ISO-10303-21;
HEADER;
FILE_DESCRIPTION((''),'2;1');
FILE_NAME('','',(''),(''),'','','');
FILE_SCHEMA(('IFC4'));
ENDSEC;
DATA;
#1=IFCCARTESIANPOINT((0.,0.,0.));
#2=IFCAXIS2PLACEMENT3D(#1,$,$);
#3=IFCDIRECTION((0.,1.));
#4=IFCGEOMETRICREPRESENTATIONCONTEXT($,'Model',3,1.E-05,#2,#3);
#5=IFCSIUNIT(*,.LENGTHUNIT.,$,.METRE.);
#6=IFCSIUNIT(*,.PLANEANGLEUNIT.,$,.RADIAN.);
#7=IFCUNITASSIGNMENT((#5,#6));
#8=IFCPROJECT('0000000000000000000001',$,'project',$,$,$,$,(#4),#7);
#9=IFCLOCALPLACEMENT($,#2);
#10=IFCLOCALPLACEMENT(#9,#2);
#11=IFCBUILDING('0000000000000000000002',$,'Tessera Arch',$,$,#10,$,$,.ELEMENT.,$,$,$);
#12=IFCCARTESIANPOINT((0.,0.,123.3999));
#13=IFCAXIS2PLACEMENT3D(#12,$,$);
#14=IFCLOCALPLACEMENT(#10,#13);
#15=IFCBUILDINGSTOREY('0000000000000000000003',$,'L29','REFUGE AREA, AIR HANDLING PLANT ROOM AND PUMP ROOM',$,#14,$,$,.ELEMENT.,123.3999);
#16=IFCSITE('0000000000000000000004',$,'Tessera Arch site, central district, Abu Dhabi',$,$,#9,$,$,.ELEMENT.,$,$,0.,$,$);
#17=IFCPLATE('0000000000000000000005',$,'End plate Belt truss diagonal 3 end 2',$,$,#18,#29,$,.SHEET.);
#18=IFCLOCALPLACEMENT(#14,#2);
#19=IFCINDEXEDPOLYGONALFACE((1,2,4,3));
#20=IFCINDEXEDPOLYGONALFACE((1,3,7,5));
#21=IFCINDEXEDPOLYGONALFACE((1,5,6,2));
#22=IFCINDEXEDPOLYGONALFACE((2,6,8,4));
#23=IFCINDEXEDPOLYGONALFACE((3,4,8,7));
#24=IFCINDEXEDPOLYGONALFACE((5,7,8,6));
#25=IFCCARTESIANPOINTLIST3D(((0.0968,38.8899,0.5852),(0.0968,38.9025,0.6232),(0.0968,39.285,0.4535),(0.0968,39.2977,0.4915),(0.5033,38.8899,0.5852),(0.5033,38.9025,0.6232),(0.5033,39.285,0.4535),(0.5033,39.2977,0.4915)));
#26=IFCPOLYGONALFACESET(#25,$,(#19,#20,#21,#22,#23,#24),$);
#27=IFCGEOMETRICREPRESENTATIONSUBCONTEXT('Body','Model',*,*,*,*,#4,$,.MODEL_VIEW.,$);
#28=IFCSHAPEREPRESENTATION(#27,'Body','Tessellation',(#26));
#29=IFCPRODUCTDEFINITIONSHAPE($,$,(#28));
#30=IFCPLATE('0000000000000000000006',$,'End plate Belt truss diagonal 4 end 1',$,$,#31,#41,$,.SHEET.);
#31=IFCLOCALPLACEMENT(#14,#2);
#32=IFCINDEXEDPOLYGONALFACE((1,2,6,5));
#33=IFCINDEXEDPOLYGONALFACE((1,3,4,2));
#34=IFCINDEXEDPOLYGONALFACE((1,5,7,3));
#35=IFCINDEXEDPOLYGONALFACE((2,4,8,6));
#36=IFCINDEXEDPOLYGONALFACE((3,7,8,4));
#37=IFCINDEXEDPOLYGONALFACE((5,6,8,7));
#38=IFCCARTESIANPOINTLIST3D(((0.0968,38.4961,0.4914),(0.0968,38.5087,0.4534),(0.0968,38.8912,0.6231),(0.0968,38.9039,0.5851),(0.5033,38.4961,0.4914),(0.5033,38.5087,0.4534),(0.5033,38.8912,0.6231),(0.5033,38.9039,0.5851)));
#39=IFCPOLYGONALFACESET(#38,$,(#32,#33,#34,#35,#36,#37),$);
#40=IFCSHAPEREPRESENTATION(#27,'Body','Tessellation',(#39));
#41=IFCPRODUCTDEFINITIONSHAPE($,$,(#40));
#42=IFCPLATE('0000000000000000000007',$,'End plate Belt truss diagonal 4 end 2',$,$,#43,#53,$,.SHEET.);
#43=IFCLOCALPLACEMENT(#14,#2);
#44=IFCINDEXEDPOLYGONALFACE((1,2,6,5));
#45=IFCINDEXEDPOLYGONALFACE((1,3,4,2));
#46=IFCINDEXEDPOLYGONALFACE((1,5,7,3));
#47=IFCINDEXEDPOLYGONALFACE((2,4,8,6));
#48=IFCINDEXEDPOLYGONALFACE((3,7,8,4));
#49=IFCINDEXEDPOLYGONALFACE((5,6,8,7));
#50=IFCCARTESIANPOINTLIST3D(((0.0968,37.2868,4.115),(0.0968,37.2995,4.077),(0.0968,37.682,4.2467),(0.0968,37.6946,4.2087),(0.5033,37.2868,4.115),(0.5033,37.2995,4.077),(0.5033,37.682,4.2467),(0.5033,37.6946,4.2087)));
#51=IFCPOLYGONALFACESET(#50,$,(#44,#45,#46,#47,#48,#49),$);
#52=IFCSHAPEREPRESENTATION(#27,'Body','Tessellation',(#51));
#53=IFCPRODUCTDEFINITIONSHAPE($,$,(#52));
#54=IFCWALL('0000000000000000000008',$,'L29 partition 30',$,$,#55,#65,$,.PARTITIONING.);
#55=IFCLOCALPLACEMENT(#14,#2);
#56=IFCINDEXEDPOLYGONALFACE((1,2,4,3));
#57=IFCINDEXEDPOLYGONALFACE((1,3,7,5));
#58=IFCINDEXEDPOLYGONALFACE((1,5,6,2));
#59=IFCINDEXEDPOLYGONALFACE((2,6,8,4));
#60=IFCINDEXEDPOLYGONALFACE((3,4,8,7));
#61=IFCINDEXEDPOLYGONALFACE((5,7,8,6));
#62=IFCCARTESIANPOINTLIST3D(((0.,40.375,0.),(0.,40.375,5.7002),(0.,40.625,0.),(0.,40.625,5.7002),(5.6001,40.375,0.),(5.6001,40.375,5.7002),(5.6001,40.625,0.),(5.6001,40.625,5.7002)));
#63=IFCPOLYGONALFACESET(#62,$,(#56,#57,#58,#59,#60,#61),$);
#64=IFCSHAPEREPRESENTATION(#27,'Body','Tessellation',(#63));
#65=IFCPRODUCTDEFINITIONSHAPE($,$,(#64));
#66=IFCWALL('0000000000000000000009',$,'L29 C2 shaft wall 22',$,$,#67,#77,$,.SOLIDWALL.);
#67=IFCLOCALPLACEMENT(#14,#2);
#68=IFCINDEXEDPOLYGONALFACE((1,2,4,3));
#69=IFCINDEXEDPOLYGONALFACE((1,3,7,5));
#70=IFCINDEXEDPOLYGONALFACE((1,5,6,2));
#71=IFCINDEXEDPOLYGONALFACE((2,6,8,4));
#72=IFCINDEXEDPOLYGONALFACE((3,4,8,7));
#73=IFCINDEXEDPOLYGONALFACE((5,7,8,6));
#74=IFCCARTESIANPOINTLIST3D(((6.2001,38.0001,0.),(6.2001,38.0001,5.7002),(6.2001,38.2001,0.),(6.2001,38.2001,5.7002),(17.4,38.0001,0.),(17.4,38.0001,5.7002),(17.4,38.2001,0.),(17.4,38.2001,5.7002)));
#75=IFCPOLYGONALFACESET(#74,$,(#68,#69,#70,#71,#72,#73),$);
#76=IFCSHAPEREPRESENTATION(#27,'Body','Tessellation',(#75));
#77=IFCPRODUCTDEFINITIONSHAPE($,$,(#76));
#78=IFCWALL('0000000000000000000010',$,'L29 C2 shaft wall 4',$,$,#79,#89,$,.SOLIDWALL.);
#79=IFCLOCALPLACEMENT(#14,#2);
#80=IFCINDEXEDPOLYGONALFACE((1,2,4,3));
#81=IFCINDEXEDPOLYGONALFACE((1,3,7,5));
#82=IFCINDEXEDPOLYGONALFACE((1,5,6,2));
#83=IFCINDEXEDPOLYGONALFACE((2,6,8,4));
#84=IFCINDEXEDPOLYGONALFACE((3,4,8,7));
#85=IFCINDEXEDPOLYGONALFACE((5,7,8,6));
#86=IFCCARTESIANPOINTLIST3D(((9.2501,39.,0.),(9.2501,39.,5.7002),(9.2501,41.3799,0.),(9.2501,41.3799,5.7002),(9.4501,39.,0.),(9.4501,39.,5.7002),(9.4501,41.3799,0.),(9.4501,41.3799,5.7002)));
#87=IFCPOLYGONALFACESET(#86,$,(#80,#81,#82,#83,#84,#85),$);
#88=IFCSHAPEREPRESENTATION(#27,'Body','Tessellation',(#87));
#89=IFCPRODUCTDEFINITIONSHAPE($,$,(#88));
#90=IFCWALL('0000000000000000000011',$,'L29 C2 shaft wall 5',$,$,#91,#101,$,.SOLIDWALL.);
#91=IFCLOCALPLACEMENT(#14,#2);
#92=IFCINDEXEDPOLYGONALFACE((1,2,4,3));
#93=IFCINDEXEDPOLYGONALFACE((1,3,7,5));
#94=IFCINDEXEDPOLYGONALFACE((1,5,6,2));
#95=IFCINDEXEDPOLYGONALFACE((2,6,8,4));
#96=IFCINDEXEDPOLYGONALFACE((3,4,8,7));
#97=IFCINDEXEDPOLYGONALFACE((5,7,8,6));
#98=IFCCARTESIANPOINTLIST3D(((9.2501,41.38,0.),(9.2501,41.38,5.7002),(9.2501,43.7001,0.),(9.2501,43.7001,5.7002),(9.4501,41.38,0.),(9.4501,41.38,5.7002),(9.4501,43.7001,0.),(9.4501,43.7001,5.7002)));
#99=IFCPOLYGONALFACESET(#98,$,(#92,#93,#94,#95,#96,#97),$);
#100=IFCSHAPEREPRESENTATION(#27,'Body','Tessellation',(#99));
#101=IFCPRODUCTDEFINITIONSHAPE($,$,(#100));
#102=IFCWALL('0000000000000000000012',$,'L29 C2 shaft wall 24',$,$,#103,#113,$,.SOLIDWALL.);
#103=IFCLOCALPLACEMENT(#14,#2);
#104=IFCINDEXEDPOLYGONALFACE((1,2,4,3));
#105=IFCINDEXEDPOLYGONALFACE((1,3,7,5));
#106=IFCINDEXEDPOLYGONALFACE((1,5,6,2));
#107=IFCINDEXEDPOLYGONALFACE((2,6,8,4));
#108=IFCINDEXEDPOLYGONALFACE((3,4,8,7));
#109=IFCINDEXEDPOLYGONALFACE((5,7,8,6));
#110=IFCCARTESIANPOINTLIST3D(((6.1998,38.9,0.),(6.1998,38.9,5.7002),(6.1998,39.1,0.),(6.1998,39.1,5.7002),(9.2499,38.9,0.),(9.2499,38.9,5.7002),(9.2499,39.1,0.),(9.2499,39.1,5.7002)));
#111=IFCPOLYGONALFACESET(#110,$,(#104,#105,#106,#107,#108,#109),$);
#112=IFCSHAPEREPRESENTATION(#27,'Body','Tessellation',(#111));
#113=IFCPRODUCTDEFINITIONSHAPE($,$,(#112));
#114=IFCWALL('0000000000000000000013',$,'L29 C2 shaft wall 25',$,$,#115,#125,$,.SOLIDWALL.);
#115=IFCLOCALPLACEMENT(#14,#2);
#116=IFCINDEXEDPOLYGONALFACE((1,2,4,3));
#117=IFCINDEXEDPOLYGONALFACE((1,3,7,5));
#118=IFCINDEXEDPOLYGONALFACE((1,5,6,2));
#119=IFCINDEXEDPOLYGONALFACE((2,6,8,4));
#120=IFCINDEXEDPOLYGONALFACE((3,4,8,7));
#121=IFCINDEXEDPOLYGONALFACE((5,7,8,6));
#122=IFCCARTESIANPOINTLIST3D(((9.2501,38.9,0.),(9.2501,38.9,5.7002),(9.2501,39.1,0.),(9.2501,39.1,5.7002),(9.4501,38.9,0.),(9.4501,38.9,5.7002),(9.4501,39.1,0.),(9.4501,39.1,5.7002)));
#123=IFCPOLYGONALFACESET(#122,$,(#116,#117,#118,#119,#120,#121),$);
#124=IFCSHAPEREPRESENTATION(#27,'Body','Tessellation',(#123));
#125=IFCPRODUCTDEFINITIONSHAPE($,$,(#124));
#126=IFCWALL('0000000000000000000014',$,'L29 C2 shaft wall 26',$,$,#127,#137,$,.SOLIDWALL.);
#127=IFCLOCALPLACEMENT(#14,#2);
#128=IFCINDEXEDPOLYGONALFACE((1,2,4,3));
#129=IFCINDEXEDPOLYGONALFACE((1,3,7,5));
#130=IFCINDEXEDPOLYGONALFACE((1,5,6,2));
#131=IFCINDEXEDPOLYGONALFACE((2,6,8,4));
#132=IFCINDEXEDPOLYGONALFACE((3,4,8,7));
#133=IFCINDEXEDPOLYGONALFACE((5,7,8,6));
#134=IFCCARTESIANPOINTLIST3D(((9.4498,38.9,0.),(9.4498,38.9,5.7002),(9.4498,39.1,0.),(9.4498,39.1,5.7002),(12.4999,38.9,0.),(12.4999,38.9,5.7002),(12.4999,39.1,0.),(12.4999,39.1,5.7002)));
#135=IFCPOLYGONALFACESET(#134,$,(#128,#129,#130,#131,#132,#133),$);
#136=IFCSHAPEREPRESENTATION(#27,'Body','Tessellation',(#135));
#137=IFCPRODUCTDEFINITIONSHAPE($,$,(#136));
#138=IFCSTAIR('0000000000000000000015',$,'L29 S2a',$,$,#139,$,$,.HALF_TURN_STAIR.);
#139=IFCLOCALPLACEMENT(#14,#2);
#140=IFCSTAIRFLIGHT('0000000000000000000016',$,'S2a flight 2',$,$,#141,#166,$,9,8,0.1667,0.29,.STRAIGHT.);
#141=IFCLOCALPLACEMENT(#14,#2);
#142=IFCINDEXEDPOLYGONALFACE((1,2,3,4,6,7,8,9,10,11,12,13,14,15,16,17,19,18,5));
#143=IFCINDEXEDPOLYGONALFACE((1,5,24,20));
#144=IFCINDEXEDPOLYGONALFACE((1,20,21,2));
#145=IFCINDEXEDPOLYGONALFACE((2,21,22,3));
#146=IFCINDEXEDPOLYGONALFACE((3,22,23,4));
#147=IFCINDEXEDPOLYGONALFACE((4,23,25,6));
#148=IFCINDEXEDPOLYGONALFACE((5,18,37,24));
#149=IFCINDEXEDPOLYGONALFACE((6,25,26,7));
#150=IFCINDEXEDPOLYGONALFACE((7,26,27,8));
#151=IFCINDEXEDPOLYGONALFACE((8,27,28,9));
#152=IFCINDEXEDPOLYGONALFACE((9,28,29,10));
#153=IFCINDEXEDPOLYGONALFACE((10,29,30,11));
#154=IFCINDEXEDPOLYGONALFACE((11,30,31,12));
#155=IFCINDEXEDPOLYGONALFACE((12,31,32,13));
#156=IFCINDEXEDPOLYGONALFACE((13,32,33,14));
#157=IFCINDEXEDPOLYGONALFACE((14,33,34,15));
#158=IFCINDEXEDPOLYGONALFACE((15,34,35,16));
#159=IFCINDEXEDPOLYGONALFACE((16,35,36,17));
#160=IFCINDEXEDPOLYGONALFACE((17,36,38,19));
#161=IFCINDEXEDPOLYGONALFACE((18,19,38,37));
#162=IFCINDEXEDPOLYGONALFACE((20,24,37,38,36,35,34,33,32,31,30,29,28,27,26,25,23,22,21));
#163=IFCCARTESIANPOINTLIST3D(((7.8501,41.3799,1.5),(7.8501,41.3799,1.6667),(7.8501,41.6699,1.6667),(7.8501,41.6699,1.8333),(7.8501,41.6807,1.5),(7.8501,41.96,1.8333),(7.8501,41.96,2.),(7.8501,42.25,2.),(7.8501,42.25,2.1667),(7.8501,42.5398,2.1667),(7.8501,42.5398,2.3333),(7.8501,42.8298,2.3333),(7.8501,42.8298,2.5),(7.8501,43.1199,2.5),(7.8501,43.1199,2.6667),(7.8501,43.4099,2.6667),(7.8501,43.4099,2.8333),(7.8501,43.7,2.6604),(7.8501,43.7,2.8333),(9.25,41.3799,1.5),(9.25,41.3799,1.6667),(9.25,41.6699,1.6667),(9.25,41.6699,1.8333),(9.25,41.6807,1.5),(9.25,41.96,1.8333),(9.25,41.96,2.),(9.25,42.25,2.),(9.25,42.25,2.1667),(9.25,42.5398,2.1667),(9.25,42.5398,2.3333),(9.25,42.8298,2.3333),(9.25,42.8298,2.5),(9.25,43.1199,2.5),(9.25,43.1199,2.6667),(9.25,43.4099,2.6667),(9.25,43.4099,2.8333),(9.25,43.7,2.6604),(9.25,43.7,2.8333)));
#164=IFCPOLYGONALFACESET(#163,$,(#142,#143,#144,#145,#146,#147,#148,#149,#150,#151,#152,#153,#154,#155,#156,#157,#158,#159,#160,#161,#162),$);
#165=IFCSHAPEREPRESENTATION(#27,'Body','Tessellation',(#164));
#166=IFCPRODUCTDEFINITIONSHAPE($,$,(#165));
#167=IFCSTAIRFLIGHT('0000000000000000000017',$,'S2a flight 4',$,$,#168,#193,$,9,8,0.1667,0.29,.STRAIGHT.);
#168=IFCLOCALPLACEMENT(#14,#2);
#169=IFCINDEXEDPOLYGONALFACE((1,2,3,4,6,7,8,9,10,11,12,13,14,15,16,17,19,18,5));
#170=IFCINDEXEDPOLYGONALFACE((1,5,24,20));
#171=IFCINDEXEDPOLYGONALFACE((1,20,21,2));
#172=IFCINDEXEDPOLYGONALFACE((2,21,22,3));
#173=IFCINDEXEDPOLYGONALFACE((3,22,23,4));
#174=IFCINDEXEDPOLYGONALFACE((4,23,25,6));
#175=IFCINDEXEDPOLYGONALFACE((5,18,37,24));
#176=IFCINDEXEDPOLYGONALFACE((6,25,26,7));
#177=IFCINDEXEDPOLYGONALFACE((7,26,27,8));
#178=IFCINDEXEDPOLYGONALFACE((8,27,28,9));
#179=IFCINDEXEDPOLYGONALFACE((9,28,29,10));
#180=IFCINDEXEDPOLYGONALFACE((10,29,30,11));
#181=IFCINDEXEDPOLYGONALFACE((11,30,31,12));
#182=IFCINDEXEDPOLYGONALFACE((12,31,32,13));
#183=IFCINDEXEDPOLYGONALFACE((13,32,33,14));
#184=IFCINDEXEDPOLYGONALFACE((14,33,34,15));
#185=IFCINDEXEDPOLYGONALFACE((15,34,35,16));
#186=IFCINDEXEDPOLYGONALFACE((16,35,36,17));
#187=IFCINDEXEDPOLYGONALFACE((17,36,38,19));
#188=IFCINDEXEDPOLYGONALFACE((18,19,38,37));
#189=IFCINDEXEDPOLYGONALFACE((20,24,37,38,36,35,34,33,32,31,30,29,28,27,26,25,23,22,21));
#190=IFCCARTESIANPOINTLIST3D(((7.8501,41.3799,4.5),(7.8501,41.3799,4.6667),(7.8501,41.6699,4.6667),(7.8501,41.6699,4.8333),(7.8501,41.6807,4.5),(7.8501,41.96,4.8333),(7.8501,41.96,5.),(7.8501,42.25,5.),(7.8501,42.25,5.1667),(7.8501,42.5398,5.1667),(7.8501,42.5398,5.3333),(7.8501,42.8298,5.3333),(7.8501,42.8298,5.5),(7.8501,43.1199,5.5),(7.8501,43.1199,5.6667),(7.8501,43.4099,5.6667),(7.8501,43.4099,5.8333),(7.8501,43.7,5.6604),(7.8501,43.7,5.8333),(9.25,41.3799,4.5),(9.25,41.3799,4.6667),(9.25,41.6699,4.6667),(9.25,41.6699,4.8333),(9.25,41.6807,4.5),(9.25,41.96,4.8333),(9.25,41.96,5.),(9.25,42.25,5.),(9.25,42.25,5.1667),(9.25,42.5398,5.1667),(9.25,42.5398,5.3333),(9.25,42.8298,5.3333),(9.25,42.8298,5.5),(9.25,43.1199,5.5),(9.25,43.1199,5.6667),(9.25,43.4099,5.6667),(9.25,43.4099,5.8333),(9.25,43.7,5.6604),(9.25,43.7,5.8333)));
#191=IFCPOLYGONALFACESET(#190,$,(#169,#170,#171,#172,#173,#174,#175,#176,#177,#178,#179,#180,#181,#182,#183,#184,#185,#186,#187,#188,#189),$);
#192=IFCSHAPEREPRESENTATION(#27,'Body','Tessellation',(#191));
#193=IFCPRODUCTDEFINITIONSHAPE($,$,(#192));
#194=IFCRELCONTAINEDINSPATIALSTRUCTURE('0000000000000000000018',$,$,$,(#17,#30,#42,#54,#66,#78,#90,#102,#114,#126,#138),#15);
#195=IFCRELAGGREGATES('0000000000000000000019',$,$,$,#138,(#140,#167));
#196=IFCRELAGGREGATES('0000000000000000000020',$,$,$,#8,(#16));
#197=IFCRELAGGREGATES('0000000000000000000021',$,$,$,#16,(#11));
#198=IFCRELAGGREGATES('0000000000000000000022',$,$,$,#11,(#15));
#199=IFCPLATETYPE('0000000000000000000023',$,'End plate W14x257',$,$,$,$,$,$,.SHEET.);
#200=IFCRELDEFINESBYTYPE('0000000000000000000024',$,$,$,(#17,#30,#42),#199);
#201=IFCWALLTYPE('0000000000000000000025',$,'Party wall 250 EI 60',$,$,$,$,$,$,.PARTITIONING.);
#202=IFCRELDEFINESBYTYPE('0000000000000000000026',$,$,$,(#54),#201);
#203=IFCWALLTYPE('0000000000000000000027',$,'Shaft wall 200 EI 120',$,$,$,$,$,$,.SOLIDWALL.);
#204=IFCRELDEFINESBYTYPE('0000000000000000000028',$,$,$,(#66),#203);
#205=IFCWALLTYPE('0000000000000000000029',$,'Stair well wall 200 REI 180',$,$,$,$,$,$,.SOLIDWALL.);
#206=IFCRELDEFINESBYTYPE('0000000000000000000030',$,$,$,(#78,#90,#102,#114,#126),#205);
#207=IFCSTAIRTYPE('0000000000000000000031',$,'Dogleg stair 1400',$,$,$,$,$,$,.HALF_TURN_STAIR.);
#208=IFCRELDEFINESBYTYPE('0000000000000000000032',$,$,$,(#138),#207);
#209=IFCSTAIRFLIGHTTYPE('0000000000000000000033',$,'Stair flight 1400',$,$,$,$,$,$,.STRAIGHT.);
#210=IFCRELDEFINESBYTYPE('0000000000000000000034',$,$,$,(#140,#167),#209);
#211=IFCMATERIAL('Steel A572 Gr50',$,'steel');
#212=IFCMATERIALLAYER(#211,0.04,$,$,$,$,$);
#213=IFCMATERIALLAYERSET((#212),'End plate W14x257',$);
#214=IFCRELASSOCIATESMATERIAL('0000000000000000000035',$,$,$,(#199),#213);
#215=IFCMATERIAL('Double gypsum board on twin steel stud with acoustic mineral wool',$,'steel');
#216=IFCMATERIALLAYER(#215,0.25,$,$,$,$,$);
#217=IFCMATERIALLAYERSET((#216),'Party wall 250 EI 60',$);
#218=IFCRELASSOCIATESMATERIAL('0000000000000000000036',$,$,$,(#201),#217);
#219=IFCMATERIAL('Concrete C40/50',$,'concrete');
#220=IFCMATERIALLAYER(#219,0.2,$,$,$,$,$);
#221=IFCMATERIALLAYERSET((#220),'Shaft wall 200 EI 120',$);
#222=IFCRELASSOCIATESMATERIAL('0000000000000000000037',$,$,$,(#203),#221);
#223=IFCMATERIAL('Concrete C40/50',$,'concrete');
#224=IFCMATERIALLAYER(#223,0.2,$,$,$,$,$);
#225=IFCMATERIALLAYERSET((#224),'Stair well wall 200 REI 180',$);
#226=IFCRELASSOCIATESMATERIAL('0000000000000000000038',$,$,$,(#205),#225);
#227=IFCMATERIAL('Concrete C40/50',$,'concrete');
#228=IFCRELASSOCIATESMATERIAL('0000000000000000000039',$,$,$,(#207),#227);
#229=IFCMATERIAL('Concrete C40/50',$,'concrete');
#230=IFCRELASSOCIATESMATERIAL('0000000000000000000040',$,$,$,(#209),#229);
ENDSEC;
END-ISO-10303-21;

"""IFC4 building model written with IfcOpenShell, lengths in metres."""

from ifc_helpers import new_model, si_unit, direction, frame, frame_2d, origin, origin_2d, place, context, subcontext, project, spatial, polyline, rectangle, outline, extrude, material, layer, layer_set, type_object, element, aggregate, save


model = new_model("IFC4")

# Units and contexts
model_context = context("Model", 3, precision=1e-05, world=origin(), true_north=direction((0.0, 1.0)))
body_context = subcontext(model_context, "Body", "Model", "MODEL_VIEW")
ifc_project = project(units=[si_unit("LENGTHUNIT", "METRE"), si_unit("PLANEANGLEUNIT", "RADIAN")], contexts=[model_context])

# Site, building, storey
site_placement = place(None, origin())
site = spatial("IfcSite", under=ifc_project, at=site_placement, Name="Tessera Arch site, central district, Abu Dhabi", CompositionType="ELEMENT", RefElevation=0.0)
building_placement = place(site_placement, origin())
building = spatial("IfcBuilding", under=site, at=building_placement, Name="Tessera Arch", CompositionType="ELEMENT")
storey_placement = place(building_placement, frame((0.0, 0.0, 123.3999)))
storey = spatial("IfcBuildingStorey", under=building, at=storey_placement, Name="L29", Description="REFUGE AREA, AIR HANDLING PLANT ROOM AND PUMP ROOM", CompositionType="ELEMENT", Elevation=123.3999)

# Plates
ifc_material_1 = material(Name="Steel A572 Gr50", Category="steel")
ifc_layer_1 = layer(ifc_material_1, 0.04)
ifc_layer_set_1 = layer_set([ifc_layer_1], Name="End plate W14x257")
plate_type_1 = type_object("IfcPlateType", Name="End plate W14x257", PredefinedType="SHEET", material=ifc_layer_set_1)
for number, where, z_axis, x_axis, name in (
    (1, (0.3, 39.1001, 0.5574), (0.0, -0.316228, -0.948683), (1.0, 0.0, 0.0), "End plate Belt truss diagonal 3 end 2"),
    (2, (0.3, 38.7063, 0.5193), (0.0, -0.316228, 0.948683), (1.0, 0.0, 0.0), "End plate Belt truss diagonal 4 end 1"),
    (3, (0.3, 37.4971, 4.1428), (0.0, -0.316228, 0.948683), (1.0, 0.0, 0.0), "End plate Belt truss diagonal 4 end 2"),
):
    element("IfcPlate", number, at=place(storey_placement, frame(where, z_axis=z_axis, x_axis=x_axis)), inside=storey, type_object=plate_type_1, Name=name, PredefinedType="SHEET", context=body_context, shape_type="SweptSolid", body=[
        extrude(rectangle(XDim=0.4065, YDim=0.4165, at=origin_2d()), origin(), (0.0, 0.0, 1.0), 0.04),
    ])

# Walls
ifc_material_2 = material(Name="Double gypsum board on twin steel stud with acoustic mineral wool", Category="steel")
ifc_layer_2 = layer(ifc_material_2, 0.25)
ifc_layer_set_2 = layer_set([ifc_layer_2], Name="Party wall 250 EI 60")
wall_type_1 = type_object("IfcWallType", Name="Party wall 250 EI 60", PredefinedType="PARTITIONING", material=ifc_layer_set_2)
wall_1_placement = place(storey_placement, frame((0.0, 40.5, 0.0), z_axis=(0.0, 0.0, 1.0), x_axis=(1.0, 0.0, 0.0)))
element("IfcWall", 4, at=wall_1_placement, inside=storey, type_object=wall_type_1, Name="L29 partition 30", PredefinedType="PARTITIONING", context=body_context, shape_type="SweptSolid", body=[
    extrude(rectangle(XDim=5.6001, YDim=0.25, at=frame_2d((2.8, 0.0))), origin(), (0.0, 0.0, 1.0), 5.7002),
])
ifc_material_3 = material(Name="Concrete C40/50", Category="concrete")
ifc_layer_3 = layer(ifc_material_3, 0.2)
ifc_layer_set_3 = layer_set([ifc_layer_3], Name="Shaft wall 200 EI 120")
wall_type_2 = type_object("IfcWallType", Name="Shaft wall 200 EI 120", PredefinedType="SOLIDWALL", material=ifc_layer_set_3)
wall_2_placement = place(storey_placement, frame((6.2, 38.1001, 0.0), z_axis=(0.0, 0.0, 1.0), x_axis=(1.0, 0.0, 0.0)))
element("IfcWall", 5, at=wall_2_placement, inside=storey, type_object=wall_type_2, Name="L29 C2 shaft wall 22", PredefinedType="SOLIDWALL", context=body_context, shape_type="SweptSolid", body=[
    extrude(rectangle(XDim=11.2, YDim=0.2, at=frame_2d((5.6001, 0.0))), origin(), (0.0, 0.0, 1.0), 5.7002),
])
ifc_material_4 = material(Name="Concrete C40/50", Category="concrete")
ifc_layer_4 = layer(ifc_material_4, 0.2)
ifc_layer_set_4 = layer_set([ifc_layer_4], Name="Stair well wall 200 REI 180")
wall_type_3 = type_object("IfcWallType", Name="Stair well wall 200 REI 180", PredefinedType="SOLIDWALL", material=ifc_layer_set_4)
wall_3_placement = place(storey_placement, frame((9.3501, 39.0, 0.0), z_axis=(0.0, 0.0, 1.0), x_axis=(0.0, 1.0, 0.0)))
element("IfcWall", 6, at=wall_3_placement, inside=storey, type_object=wall_type_3, Name="L29 C2 shaft wall 4", PredefinedType="SOLIDWALL", context=body_context, shape_type="SweptSolid", body=[
    extrude(rectangle(XDim=2.3799, YDim=0.2, at=frame_2d((1.1899, 0.0))), origin(), (0.0, 0.0, 1.0), 5.7002),
])
wall_4_placement = place(storey_placement, frame((9.3501, 41.3799, 0.0), z_axis=(0.0, 0.0, 1.0), x_axis=(0.0, 1.0, 0.0)))
element("IfcWall", 7, at=wall_4_placement, inside=storey, type_object=wall_type_3, Name="L29 C2 shaft wall 5", PredefinedType="SOLIDWALL", context=body_context, shape_type="SweptSolid", body=[
    extrude(rectangle(XDim=2.3201, YDim=0.2, at=frame_2d((1.1602, 0.0))), origin(), (0.0, 0.0, 1.0), 5.7002),
])
wall_5_placement = place(storey_placement, frame((6.2, 39.0, 0.0), z_axis=(0.0, 0.0, 1.0), x_axis=(1.0, 0.0, 0.0)))
element("IfcWall", 8, at=wall_5_placement, inside=storey, type_object=wall_type_3, Name="L29 C2 shaft wall 24", PredefinedType="SOLIDWALL", context=body_context, shape_type="SweptSolid", body=[
    extrude(rectangle(XDim=3.05, YDim=0.2, at=frame_2d((1.5249, 0.0))), origin(), (0.0, 0.0, 1.0), 5.7002),
])
wall_6_placement = place(storey_placement, frame((9.25, 39.0, 0.0), z_axis=(0.0, 0.0, 1.0), x_axis=(1.0, 0.0, 0.0)))
element("IfcWall", 9, at=wall_6_placement, inside=storey, type_object=wall_type_3, Name="L29 C2 shaft wall 25", PredefinedType="SOLIDWALL", context=body_context, shape_type="SweptSolid", body=[
    extrude(rectangle(XDim=0.2, YDim=0.2, at=frame_2d((0.1001, 0.0))), origin(), (0.0, 0.0, 1.0), 5.7002),
])
wall_7_placement = place(storey_placement, frame((9.45, 39.0, 0.0), z_axis=(0.0, 0.0, 1.0), x_axis=(1.0, 0.0, 0.0)))
element("IfcWall", 10, at=wall_7_placement, inside=storey, type_object=wall_type_3, Name="L29 C2 shaft wall 26", PredefinedType="SOLIDWALL", context=body_context, shape_type="SweptSolid", body=[
    extrude(rectangle(XDim=3.05, YDim=0.2, at=frame_2d((1.5249, 0.0))), origin(), (0.0, 0.0, 1.0), 5.7002),
])

# Stair, stair flights
ifc_material_5 = material(Name="Concrete C40/50", Category="concrete")
stair_type = type_object("IfcStairType", Name="Dogleg stair 1400", PredefinedType="HALF_TURN_STAIR", material=ifc_material_5)
stair_1_placement = place(storey_placement, origin())
stair_1 = element("IfcStair", 11, at=stair_1_placement, inside=storey, type_object=stair_type, Name="L29 S2a", PredefinedType="HALF_TURN_STAIR")
ifc_material_6 = material(Name="Concrete C40/50", Category="concrete")
stair_flight_type = type_object("IfcStairFlightType", Name="Stair flight 1400", PredefinedType="STRAIGHT", material=ifc_material_6)
stair_flight_1_placement = place(storey_placement, frame((8.55, 41.3799, 1.5), z_axis=(0.0, 0.0, 1.0), x_axis=(0.0, 1.0, 0.0)))
stair_flight_1 = element("IfcStairFlight", 12, at=stair_flight_1_placement, type_object=stair_flight_type, Name="S2a flight 2", NumberOfRisers=9, NumberOfTreads=8, PredefinedType="STRAIGHT", RiserHeight=0.1667, TreadLength=0.29, context=body_context, shape_type="SweptSolid", body=[
    extrude(outline(polyline([(0.0, 0.0), (0.0, 0.1667), (0.29, 0.1667), (0.29, 0.3333), (0.5801, 0.3333), (0.5801, 0.5), (0.8701, 0.5), (0.8701, 0.6667), (1.1599, 0.6667), (1.1599, 0.8333), (1.45, 0.8333), (1.45, 1.0), (1.74, 1.0), (1.74, 1.1667), (2.03, 1.1667), (2.03, 1.3333), (2.3201, 1.3333), (2.3201, 1.5), (2.3201, 1.1604), (0.3008, 0.0), (0.0, 0.0)])), frame((0.0, 0.7, 0.0), z_axis=(0.0, -1.0, 0.0), x_axis=(1.0, 0.0, 0.0)), (0.0, 0.0, 1.0), 1.3999),
])
stair_flight_2_placement = place(storey_placement, frame((8.55, 41.3799, 4.5), z_axis=(0.0, 0.0, 1.0), x_axis=(0.0, 1.0, 0.0)))
stair_flight_2 = element("IfcStairFlight", 13, at=stair_flight_2_placement, type_object=stair_flight_type, Name="S2a flight 4", NumberOfRisers=9, NumberOfTreads=8, PredefinedType="STRAIGHT", RiserHeight=0.1667, TreadLength=0.29, context=body_context, shape_type="SweptSolid", body=[
    extrude(outline(polyline([(0.0, 0.0), (0.0, 0.1667), (0.29, 0.1667), (0.29, 0.3333), (0.5801, 0.3333), (0.5801, 0.5), (0.8701, 0.5), (0.8701, 0.6667), (1.1599, 0.6667), (1.1599, 0.8333), (1.45, 0.8333), (1.45, 1.0), (1.74, 1.0), (1.74, 1.1667), (2.03, 1.1667), (2.03, 1.3333), (2.3201, 1.3333), (2.3201, 1.5), (2.3201, 1.1604), (0.3008, 0.0), (0.0, 0.0)])), frame((0.0, 0.7, 0.0), z_axis=(0.0, -1.0, 0.0), x_axis=(1.0, 0.0, 0.0)), (0.0, 0.0, 1.0), 1.3999),
])
aggregate(stair_1, [stair_flight_1, stair_flight_2])

save(model, "model.ifc")
